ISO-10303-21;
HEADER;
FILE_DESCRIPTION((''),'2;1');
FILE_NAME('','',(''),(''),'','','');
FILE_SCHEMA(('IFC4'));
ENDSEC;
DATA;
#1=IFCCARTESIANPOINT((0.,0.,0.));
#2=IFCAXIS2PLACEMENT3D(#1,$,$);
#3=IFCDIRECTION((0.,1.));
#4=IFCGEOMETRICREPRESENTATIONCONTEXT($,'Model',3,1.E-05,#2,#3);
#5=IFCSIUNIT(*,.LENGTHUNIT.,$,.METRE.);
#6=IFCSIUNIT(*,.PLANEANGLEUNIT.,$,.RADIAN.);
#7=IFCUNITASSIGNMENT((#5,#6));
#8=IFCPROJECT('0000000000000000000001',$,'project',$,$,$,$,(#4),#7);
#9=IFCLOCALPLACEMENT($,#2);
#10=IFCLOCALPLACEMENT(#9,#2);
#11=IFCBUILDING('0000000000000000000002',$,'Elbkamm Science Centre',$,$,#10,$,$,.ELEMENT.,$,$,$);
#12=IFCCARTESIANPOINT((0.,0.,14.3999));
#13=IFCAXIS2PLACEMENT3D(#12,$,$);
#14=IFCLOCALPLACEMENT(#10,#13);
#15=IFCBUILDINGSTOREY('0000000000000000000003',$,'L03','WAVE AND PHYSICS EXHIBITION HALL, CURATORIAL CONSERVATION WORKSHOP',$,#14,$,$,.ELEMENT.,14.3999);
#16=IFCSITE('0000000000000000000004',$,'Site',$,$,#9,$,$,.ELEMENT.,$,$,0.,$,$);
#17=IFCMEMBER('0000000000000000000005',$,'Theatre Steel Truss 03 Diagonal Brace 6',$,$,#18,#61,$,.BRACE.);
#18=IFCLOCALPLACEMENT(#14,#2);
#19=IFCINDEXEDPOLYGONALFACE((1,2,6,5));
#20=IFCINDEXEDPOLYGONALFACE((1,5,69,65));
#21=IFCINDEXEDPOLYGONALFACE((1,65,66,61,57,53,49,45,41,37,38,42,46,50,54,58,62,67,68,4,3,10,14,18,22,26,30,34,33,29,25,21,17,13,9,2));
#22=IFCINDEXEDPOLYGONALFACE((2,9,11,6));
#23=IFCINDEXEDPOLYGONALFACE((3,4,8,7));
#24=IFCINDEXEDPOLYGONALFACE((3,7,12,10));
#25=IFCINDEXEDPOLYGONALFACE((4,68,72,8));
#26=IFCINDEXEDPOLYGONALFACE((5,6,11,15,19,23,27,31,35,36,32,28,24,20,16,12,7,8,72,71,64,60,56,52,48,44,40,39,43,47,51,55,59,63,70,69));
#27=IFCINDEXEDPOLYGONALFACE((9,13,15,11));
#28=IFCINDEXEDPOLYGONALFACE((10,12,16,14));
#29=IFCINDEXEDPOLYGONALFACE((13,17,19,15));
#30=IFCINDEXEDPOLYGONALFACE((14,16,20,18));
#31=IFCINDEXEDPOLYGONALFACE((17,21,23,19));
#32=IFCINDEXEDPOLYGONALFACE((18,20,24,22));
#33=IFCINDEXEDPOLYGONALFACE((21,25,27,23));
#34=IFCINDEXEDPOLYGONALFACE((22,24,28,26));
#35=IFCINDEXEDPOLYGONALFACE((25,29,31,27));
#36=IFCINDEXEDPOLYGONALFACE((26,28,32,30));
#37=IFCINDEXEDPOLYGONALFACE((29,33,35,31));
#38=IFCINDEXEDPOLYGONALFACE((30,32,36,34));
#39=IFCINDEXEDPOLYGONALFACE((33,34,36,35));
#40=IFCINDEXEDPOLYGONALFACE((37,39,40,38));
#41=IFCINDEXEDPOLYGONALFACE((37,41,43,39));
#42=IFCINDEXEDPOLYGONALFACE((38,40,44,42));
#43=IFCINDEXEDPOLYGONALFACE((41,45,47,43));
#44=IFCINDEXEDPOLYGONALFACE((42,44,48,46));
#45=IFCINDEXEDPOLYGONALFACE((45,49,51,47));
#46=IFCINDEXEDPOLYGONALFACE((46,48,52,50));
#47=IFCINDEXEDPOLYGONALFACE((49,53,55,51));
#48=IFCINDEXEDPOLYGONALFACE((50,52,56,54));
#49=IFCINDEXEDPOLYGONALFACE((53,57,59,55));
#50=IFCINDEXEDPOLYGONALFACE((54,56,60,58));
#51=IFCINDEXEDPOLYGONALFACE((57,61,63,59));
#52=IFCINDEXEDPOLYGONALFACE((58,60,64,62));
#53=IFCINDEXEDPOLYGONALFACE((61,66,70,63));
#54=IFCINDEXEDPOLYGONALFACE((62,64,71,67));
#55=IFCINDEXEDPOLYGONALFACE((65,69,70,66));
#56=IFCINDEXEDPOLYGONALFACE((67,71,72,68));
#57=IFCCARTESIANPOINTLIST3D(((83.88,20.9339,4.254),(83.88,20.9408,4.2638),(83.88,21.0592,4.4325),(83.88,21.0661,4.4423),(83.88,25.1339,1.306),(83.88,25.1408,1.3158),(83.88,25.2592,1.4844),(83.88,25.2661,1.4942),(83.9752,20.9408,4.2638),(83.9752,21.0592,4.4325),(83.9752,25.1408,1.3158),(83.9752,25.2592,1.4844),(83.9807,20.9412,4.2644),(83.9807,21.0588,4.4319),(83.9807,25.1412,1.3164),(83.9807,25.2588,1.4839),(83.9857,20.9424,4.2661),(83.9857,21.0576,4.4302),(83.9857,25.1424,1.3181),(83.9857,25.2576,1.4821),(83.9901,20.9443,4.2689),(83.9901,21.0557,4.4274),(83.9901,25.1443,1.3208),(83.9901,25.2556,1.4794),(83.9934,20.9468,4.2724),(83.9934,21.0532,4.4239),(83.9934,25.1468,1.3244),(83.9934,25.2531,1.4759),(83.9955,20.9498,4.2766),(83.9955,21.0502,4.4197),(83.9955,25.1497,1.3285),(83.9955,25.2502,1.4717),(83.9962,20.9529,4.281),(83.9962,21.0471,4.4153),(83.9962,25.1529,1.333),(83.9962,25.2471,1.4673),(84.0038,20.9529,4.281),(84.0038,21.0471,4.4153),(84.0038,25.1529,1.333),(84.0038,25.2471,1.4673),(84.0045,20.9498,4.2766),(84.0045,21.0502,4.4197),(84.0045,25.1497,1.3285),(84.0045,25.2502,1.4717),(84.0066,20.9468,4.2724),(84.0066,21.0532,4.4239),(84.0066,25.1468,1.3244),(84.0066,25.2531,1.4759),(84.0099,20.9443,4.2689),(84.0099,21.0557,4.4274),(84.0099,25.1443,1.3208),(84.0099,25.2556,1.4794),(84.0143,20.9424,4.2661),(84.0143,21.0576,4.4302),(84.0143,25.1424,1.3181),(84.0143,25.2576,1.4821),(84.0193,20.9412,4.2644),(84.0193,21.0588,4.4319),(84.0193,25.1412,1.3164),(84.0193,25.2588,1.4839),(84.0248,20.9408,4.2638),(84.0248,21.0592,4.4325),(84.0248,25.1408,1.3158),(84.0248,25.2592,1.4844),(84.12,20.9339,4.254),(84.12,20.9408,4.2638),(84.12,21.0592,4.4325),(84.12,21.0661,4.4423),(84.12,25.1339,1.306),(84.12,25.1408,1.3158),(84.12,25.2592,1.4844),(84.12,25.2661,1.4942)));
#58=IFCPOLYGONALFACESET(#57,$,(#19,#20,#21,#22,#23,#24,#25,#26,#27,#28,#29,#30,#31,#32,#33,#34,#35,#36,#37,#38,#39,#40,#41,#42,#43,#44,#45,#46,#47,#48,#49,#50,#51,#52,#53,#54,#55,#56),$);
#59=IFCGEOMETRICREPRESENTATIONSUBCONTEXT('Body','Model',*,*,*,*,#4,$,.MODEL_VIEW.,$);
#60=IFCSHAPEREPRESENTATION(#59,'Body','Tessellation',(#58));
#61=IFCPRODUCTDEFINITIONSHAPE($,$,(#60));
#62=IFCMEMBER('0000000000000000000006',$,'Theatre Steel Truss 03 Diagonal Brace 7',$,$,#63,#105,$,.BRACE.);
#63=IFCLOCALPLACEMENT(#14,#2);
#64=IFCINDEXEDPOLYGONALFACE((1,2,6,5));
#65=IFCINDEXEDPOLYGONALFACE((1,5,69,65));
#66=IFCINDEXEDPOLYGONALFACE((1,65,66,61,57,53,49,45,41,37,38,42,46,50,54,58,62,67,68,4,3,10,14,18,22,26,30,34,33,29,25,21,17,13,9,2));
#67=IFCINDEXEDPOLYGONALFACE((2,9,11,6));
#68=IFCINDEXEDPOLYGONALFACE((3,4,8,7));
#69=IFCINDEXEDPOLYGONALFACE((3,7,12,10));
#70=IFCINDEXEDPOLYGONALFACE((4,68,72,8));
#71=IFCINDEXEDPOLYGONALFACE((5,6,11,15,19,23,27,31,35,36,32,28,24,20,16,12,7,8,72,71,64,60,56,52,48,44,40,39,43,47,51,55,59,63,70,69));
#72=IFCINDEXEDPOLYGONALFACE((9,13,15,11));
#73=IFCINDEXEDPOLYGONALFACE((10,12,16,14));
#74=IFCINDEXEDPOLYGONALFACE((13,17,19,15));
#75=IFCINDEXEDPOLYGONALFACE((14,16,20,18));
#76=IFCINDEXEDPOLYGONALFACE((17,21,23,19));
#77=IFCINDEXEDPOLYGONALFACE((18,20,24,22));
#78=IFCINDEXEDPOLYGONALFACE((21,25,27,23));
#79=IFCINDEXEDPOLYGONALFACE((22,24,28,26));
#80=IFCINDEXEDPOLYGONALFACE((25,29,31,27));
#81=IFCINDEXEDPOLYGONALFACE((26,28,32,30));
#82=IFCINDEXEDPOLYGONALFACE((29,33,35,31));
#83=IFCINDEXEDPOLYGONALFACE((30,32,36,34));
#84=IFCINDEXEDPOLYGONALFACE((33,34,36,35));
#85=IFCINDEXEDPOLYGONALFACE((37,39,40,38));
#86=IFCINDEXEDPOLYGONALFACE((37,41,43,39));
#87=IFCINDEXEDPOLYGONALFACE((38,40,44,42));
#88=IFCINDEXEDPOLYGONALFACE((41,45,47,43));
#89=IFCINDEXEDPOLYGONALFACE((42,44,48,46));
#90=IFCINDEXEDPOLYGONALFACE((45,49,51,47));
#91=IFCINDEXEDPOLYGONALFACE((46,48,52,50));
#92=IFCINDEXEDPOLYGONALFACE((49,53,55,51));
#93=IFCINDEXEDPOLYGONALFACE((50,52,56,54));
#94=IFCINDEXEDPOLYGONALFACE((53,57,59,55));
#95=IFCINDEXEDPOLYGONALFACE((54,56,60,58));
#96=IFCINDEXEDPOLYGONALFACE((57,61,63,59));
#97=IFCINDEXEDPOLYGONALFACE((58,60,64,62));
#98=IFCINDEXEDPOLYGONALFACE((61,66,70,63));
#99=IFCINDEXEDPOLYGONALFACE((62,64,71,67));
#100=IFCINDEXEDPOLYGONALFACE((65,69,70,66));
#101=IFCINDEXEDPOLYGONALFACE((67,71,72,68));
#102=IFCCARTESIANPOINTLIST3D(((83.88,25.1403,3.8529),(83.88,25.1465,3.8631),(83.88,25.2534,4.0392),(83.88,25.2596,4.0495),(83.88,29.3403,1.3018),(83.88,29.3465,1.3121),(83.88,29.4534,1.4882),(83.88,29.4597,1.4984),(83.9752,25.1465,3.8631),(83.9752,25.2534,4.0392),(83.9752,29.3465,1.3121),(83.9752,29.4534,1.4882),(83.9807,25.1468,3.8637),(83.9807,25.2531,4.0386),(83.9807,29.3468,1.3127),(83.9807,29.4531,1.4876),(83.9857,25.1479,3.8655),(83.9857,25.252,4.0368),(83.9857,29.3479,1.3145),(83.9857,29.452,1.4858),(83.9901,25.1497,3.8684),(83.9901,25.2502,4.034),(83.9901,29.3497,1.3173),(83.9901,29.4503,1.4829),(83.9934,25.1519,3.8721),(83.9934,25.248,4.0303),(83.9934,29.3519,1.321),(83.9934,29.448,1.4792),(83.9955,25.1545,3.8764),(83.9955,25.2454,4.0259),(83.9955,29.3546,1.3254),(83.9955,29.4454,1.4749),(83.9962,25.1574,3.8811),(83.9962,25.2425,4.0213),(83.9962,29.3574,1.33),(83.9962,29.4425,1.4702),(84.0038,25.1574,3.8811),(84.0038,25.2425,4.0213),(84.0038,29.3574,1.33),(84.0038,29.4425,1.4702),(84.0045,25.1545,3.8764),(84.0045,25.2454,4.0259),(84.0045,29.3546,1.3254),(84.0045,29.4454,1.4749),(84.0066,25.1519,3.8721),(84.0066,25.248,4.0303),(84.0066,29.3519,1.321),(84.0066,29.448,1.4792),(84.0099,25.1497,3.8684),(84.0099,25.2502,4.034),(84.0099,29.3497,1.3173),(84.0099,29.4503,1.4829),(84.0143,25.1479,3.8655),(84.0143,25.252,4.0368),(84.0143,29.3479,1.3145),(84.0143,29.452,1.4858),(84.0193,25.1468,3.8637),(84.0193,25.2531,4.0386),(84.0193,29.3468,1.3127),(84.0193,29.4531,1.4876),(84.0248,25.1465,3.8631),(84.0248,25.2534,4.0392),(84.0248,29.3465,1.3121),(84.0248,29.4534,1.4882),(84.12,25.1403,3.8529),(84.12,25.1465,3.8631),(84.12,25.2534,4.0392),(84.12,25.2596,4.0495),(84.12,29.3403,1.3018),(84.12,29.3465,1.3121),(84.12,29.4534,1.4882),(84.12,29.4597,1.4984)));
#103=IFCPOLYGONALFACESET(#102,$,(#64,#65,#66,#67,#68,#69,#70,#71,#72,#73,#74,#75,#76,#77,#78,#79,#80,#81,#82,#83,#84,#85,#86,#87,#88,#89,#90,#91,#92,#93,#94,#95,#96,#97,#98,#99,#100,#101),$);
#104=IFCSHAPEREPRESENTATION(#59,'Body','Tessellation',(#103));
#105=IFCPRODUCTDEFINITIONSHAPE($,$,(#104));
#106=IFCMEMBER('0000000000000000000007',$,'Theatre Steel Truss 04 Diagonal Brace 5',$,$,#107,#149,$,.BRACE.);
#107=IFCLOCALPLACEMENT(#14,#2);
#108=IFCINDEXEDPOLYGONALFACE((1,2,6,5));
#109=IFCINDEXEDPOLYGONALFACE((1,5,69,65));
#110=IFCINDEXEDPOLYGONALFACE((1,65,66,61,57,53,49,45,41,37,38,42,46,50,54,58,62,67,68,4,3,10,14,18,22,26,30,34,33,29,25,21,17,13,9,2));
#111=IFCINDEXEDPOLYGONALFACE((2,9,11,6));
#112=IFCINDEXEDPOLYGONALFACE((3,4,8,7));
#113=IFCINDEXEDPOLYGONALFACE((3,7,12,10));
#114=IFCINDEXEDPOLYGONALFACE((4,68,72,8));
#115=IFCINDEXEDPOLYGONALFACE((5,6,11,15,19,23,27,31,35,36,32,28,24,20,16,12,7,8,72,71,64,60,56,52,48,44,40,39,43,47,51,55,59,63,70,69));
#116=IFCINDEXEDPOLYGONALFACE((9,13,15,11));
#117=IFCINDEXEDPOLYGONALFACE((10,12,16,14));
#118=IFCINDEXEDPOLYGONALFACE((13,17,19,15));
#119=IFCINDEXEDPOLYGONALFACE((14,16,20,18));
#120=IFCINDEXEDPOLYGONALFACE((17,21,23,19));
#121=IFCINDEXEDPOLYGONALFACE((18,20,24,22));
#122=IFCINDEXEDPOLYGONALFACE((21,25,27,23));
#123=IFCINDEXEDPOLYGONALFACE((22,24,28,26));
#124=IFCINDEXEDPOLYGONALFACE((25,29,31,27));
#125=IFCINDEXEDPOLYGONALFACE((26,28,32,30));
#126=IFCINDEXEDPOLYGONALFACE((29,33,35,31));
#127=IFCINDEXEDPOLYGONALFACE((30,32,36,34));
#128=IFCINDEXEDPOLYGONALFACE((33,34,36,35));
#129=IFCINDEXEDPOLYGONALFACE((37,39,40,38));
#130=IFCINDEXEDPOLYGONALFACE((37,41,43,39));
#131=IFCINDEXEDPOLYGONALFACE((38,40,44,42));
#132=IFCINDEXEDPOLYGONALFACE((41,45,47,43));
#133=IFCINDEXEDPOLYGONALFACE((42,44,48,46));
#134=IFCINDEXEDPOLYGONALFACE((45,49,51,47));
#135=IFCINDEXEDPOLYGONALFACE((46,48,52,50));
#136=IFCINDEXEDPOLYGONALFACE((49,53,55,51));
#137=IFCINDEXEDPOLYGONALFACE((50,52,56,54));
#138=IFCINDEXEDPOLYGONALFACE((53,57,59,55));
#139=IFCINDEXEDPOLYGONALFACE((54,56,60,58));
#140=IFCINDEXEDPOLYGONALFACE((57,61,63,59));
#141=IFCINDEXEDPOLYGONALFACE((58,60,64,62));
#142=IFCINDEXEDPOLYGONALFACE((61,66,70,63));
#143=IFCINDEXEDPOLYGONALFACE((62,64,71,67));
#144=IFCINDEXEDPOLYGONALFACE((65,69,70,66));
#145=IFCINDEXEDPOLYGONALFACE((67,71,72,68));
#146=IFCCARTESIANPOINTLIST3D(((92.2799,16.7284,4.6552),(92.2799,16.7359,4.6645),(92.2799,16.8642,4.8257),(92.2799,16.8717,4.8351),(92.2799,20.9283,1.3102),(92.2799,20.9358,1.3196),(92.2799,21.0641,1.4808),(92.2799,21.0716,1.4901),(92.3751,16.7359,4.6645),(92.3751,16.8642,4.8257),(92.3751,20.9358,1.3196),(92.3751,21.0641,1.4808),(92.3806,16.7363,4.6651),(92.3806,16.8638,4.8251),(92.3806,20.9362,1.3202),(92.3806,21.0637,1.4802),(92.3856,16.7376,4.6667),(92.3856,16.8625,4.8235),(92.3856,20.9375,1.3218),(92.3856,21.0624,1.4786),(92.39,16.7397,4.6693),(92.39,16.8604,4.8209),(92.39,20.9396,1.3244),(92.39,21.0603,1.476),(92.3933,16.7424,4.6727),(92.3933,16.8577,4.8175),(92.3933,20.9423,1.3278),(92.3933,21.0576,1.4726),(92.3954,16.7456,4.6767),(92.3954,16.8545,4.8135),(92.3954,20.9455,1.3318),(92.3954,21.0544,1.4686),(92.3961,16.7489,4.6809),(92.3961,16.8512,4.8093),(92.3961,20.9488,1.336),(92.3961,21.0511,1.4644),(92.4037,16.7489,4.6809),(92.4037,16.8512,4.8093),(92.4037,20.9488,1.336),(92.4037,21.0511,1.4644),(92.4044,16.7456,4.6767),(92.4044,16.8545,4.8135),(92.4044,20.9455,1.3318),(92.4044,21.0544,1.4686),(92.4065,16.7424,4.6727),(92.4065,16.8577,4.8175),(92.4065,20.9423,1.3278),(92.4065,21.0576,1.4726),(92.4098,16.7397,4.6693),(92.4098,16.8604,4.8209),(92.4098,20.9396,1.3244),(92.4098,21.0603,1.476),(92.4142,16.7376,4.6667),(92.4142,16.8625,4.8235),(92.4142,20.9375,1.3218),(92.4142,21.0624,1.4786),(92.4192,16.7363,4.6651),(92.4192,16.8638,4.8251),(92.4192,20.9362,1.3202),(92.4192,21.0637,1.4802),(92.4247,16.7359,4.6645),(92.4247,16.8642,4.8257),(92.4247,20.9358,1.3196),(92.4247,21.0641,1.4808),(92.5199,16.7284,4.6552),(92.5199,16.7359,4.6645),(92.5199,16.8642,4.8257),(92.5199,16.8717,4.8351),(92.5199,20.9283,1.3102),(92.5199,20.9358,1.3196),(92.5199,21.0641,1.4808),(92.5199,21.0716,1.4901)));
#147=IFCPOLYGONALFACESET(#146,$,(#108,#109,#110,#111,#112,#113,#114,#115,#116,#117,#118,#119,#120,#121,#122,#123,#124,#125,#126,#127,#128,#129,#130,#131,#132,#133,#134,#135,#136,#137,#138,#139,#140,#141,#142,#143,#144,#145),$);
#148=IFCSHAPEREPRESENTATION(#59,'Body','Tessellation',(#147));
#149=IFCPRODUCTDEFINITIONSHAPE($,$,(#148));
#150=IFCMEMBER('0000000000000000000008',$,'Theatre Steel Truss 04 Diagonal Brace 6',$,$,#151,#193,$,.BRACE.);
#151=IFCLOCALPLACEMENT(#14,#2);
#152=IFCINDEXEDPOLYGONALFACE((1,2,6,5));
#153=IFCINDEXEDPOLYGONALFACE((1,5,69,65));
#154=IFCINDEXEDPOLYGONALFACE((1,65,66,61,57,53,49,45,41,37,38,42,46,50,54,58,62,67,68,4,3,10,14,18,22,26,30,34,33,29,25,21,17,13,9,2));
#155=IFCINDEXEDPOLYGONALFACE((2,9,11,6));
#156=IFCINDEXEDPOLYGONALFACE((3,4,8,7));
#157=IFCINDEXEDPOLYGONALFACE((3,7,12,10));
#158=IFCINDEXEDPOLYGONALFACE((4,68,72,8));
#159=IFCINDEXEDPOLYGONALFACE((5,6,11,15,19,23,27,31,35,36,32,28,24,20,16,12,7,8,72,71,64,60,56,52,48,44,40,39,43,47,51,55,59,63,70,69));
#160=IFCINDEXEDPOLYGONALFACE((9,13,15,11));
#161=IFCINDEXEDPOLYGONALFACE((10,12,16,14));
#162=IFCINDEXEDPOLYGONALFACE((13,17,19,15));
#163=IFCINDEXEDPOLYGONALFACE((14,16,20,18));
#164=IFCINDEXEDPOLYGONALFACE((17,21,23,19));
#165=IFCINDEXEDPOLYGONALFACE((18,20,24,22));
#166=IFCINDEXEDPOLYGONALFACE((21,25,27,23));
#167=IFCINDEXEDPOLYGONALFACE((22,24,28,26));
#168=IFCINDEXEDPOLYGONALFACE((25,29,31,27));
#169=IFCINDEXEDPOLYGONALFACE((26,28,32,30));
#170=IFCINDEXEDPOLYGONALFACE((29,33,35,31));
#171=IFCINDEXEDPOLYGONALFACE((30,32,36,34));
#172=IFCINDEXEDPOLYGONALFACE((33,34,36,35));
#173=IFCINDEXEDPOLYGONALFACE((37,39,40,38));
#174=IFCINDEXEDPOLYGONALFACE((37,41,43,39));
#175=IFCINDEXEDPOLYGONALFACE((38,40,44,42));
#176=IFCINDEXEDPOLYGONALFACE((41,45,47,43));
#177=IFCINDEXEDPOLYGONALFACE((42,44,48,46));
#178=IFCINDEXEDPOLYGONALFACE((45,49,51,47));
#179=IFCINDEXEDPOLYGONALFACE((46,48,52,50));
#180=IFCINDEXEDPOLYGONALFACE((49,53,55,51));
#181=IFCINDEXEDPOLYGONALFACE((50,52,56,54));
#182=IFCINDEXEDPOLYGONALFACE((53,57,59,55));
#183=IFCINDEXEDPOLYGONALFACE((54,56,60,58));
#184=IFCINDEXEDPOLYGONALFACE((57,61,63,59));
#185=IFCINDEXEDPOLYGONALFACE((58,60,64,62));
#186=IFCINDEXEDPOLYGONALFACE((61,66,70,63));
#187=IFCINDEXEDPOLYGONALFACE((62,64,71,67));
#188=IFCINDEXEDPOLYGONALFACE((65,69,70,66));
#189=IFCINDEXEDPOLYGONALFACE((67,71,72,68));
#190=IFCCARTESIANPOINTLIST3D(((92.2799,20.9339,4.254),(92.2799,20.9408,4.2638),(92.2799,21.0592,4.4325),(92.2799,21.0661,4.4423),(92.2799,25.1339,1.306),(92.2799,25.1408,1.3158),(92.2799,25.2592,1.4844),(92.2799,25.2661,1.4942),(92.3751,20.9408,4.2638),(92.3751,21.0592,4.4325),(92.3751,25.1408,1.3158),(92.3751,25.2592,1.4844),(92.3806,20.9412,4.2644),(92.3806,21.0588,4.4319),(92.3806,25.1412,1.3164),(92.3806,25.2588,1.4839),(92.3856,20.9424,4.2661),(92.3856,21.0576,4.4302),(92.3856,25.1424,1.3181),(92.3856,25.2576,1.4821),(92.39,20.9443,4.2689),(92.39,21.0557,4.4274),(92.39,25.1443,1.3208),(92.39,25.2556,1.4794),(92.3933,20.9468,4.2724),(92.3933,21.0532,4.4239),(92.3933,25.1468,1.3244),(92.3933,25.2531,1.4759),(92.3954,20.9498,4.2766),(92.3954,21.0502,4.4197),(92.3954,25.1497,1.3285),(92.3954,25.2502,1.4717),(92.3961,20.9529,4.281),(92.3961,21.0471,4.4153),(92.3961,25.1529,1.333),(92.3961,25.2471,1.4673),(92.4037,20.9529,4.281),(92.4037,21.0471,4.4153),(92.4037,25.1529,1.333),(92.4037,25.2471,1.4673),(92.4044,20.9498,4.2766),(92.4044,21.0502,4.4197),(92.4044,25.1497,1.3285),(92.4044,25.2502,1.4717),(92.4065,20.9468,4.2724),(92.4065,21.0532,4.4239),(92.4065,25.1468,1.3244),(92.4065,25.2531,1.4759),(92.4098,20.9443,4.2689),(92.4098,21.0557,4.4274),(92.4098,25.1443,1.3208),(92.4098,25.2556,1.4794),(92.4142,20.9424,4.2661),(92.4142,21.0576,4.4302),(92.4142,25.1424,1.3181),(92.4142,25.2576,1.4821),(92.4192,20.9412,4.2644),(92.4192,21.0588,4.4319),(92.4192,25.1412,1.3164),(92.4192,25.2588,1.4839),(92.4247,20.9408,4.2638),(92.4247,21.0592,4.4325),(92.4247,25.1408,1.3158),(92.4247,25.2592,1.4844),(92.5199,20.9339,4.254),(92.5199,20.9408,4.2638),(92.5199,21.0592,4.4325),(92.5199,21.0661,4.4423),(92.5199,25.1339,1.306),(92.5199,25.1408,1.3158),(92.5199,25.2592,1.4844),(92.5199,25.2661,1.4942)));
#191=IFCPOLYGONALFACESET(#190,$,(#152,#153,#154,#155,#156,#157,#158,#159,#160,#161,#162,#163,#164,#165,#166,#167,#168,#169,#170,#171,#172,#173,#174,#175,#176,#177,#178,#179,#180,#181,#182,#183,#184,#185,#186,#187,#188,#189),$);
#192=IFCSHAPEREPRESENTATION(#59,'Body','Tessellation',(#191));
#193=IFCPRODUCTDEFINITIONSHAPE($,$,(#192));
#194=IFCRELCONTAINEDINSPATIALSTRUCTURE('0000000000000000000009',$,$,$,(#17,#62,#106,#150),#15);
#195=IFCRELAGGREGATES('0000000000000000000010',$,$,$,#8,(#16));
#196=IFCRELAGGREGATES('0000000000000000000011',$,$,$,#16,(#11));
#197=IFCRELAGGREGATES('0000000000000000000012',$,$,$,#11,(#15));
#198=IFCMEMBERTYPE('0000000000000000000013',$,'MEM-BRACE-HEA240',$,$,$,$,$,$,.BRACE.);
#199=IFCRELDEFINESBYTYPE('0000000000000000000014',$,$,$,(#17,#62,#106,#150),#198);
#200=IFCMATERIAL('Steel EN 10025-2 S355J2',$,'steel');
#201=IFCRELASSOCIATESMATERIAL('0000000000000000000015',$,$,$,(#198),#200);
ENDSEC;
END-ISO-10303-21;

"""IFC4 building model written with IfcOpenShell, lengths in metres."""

from ifc_helpers import new_model, si_unit, direction, frame, origin, origin_2d, place, context, subcontext, project, spatial, i_section, extrude, material, material_profile, profile_set, type_object, element, save


model = new_model("IFC4")

# Units and contexts
model_context = context("Model", 3, precision=1e-05, world=origin(), true_north=direction((0.0, 1.0)))
body_context = subcontext(model_context, "Body", "Model", "MODEL_VIEW")
ifc_project = project(units=[si_unit("LENGTHUNIT", "METRE"), si_unit("PLANEANGLEUNIT", "RADIAN")], contexts=[model_context])

# Site, building, storey
site_placement = place(None, origin())
site = spatial("IfcSite", under=ifc_project, at=site_placement, Name="Site", CompositionType="ELEMENT", RefElevation=0.0)
building_placement = place(site_placement, origin())
building = spatial("IfcBuilding", under=site, at=building_placement, Name="Elbkamm Science Centre", CompositionType="ELEMENT")
storey_placement = place(building_placement, frame((0.0, 0.0, 14.3999)))
storey = spatial("IfcBuildingStorey", under=building, at=storey_placement, Name="L03", Description="WAVE AND PHYSICS EXHIBITION HALL, CURATORIAL CONSERVATION WORKSHOP", CompositionType="ELEMENT", Elevation=14.3999)

# Shared definitions
ifc_material_1 = material(Name="Steel EN 10025-2 S355J2", Category="steel")

# Members
ifc_material_profile_1 = material_profile(ifc_material_1, i_section(OverallWidth=0.24, OverallDepth=0.23, WebThickness=0.0076, FlangeThickness=0.012, FilletRadius=0.021, at=origin_2d()), Name="HEA 240")
ifc_profile_set_1 = profile_set([ifc_material_profile_1], Name="Steel EN 10025-2 S355J2")
member_type_1 = type_object("IfcMemberType", Name="MEM-BRACE-HEA240", PredefinedType="BRACE", material=ifc_profile_set_1)
member_1_placement = place(storey_placement, frame((84.0, 21.0, 4.3481), z_axis=(0.0, 0.818496, -0.574512), x_axis=(-1.0, 0.0, 0.0)))
element("IfcMember", 1, at=member_1_placement, inside=storey, type_object=member_type_1, Name="Theatre Steel Truss 03 Diagonal Brace 6", PredefinedType="BRACE", context=body_context, shape_type="SweptSolid", body=[
    extrude(i_section(OverallWidth=0.24, OverallDepth=0.23, WebThickness=0.0076, FlangeThickness=0.012, FilletRadius=0.021, at=origin_2d()), origin(), (0.0, 0.0, 1.0), 5.1313),
])
member_2_placement = place(storey_placement, frame((84.0, 25.2, 3.9512), z_axis=(0.0, 0.854692, -0.519135), x_axis=(-1.0, 0.0, 0.0)))
element("IfcMember", 2, at=member_2_placement, inside=storey, type_object=member_type_1, Name="Theatre Steel Truss 03 Diagonal Brace 7", PredefinedType="BRACE", context=body_context, shape_type="SweptSolid", body=[
    extrude(i_section(OverallWidth=0.24, OverallDepth=0.23, WebThickness=0.0076, FlangeThickness=0.012, FilletRadius=0.021, at=origin_2d()), origin(), (0.0, 0.0, 1.0), 4.9141),
])
member_3_placement = place(storey_placement, frame((92.3999, 16.8, 4.7451), z_axis=(0.0, 0.782229, -0.622991), x_axis=(-1.0, 0.0, 0.0)))
element("IfcMember", 3, at=member_3_placement, inside=storey, type_object=member_type_1, Name="Theatre Steel Truss 04 Diagonal Brace 5", PredefinedType="BRACE", context=body_context, shape_type="SweptSolid", body=[
    extrude(i_section(OverallWidth=0.24, OverallDepth=0.23, WebThickness=0.0076, FlangeThickness=0.012, FilletRadius=0.021, at=origin_2d()), origin(), (0.0, 0.0, 1.0), 5.3691),
])
member_4_placement = place(storey_placement, frame((92.3999, 21.0, 4.3481), z_axis=(0.0, 0.818496, -0.574512), x_axis=(-1.0, 0.0, 0.0)))
element("IfcMember", 4, at=member_4_placement, inside=storey, type_object=member_type_1, Name="Theatre Steel Truss 04 Diagonal Brace 6", PredefinedType="BRACE", context=body_context, shape_type="SweptSolid", body=[
    extrude(i_section(OverallWidth=0.24, OverallDepth=0.23, WebThickness=0.0076, FlangeThickness=0.012, FilletRadius=0.021, at=origin_2d()), origin(), (0.0, 0.0, 1.0), 5.1313),
])

save(model, "model.ifc")
